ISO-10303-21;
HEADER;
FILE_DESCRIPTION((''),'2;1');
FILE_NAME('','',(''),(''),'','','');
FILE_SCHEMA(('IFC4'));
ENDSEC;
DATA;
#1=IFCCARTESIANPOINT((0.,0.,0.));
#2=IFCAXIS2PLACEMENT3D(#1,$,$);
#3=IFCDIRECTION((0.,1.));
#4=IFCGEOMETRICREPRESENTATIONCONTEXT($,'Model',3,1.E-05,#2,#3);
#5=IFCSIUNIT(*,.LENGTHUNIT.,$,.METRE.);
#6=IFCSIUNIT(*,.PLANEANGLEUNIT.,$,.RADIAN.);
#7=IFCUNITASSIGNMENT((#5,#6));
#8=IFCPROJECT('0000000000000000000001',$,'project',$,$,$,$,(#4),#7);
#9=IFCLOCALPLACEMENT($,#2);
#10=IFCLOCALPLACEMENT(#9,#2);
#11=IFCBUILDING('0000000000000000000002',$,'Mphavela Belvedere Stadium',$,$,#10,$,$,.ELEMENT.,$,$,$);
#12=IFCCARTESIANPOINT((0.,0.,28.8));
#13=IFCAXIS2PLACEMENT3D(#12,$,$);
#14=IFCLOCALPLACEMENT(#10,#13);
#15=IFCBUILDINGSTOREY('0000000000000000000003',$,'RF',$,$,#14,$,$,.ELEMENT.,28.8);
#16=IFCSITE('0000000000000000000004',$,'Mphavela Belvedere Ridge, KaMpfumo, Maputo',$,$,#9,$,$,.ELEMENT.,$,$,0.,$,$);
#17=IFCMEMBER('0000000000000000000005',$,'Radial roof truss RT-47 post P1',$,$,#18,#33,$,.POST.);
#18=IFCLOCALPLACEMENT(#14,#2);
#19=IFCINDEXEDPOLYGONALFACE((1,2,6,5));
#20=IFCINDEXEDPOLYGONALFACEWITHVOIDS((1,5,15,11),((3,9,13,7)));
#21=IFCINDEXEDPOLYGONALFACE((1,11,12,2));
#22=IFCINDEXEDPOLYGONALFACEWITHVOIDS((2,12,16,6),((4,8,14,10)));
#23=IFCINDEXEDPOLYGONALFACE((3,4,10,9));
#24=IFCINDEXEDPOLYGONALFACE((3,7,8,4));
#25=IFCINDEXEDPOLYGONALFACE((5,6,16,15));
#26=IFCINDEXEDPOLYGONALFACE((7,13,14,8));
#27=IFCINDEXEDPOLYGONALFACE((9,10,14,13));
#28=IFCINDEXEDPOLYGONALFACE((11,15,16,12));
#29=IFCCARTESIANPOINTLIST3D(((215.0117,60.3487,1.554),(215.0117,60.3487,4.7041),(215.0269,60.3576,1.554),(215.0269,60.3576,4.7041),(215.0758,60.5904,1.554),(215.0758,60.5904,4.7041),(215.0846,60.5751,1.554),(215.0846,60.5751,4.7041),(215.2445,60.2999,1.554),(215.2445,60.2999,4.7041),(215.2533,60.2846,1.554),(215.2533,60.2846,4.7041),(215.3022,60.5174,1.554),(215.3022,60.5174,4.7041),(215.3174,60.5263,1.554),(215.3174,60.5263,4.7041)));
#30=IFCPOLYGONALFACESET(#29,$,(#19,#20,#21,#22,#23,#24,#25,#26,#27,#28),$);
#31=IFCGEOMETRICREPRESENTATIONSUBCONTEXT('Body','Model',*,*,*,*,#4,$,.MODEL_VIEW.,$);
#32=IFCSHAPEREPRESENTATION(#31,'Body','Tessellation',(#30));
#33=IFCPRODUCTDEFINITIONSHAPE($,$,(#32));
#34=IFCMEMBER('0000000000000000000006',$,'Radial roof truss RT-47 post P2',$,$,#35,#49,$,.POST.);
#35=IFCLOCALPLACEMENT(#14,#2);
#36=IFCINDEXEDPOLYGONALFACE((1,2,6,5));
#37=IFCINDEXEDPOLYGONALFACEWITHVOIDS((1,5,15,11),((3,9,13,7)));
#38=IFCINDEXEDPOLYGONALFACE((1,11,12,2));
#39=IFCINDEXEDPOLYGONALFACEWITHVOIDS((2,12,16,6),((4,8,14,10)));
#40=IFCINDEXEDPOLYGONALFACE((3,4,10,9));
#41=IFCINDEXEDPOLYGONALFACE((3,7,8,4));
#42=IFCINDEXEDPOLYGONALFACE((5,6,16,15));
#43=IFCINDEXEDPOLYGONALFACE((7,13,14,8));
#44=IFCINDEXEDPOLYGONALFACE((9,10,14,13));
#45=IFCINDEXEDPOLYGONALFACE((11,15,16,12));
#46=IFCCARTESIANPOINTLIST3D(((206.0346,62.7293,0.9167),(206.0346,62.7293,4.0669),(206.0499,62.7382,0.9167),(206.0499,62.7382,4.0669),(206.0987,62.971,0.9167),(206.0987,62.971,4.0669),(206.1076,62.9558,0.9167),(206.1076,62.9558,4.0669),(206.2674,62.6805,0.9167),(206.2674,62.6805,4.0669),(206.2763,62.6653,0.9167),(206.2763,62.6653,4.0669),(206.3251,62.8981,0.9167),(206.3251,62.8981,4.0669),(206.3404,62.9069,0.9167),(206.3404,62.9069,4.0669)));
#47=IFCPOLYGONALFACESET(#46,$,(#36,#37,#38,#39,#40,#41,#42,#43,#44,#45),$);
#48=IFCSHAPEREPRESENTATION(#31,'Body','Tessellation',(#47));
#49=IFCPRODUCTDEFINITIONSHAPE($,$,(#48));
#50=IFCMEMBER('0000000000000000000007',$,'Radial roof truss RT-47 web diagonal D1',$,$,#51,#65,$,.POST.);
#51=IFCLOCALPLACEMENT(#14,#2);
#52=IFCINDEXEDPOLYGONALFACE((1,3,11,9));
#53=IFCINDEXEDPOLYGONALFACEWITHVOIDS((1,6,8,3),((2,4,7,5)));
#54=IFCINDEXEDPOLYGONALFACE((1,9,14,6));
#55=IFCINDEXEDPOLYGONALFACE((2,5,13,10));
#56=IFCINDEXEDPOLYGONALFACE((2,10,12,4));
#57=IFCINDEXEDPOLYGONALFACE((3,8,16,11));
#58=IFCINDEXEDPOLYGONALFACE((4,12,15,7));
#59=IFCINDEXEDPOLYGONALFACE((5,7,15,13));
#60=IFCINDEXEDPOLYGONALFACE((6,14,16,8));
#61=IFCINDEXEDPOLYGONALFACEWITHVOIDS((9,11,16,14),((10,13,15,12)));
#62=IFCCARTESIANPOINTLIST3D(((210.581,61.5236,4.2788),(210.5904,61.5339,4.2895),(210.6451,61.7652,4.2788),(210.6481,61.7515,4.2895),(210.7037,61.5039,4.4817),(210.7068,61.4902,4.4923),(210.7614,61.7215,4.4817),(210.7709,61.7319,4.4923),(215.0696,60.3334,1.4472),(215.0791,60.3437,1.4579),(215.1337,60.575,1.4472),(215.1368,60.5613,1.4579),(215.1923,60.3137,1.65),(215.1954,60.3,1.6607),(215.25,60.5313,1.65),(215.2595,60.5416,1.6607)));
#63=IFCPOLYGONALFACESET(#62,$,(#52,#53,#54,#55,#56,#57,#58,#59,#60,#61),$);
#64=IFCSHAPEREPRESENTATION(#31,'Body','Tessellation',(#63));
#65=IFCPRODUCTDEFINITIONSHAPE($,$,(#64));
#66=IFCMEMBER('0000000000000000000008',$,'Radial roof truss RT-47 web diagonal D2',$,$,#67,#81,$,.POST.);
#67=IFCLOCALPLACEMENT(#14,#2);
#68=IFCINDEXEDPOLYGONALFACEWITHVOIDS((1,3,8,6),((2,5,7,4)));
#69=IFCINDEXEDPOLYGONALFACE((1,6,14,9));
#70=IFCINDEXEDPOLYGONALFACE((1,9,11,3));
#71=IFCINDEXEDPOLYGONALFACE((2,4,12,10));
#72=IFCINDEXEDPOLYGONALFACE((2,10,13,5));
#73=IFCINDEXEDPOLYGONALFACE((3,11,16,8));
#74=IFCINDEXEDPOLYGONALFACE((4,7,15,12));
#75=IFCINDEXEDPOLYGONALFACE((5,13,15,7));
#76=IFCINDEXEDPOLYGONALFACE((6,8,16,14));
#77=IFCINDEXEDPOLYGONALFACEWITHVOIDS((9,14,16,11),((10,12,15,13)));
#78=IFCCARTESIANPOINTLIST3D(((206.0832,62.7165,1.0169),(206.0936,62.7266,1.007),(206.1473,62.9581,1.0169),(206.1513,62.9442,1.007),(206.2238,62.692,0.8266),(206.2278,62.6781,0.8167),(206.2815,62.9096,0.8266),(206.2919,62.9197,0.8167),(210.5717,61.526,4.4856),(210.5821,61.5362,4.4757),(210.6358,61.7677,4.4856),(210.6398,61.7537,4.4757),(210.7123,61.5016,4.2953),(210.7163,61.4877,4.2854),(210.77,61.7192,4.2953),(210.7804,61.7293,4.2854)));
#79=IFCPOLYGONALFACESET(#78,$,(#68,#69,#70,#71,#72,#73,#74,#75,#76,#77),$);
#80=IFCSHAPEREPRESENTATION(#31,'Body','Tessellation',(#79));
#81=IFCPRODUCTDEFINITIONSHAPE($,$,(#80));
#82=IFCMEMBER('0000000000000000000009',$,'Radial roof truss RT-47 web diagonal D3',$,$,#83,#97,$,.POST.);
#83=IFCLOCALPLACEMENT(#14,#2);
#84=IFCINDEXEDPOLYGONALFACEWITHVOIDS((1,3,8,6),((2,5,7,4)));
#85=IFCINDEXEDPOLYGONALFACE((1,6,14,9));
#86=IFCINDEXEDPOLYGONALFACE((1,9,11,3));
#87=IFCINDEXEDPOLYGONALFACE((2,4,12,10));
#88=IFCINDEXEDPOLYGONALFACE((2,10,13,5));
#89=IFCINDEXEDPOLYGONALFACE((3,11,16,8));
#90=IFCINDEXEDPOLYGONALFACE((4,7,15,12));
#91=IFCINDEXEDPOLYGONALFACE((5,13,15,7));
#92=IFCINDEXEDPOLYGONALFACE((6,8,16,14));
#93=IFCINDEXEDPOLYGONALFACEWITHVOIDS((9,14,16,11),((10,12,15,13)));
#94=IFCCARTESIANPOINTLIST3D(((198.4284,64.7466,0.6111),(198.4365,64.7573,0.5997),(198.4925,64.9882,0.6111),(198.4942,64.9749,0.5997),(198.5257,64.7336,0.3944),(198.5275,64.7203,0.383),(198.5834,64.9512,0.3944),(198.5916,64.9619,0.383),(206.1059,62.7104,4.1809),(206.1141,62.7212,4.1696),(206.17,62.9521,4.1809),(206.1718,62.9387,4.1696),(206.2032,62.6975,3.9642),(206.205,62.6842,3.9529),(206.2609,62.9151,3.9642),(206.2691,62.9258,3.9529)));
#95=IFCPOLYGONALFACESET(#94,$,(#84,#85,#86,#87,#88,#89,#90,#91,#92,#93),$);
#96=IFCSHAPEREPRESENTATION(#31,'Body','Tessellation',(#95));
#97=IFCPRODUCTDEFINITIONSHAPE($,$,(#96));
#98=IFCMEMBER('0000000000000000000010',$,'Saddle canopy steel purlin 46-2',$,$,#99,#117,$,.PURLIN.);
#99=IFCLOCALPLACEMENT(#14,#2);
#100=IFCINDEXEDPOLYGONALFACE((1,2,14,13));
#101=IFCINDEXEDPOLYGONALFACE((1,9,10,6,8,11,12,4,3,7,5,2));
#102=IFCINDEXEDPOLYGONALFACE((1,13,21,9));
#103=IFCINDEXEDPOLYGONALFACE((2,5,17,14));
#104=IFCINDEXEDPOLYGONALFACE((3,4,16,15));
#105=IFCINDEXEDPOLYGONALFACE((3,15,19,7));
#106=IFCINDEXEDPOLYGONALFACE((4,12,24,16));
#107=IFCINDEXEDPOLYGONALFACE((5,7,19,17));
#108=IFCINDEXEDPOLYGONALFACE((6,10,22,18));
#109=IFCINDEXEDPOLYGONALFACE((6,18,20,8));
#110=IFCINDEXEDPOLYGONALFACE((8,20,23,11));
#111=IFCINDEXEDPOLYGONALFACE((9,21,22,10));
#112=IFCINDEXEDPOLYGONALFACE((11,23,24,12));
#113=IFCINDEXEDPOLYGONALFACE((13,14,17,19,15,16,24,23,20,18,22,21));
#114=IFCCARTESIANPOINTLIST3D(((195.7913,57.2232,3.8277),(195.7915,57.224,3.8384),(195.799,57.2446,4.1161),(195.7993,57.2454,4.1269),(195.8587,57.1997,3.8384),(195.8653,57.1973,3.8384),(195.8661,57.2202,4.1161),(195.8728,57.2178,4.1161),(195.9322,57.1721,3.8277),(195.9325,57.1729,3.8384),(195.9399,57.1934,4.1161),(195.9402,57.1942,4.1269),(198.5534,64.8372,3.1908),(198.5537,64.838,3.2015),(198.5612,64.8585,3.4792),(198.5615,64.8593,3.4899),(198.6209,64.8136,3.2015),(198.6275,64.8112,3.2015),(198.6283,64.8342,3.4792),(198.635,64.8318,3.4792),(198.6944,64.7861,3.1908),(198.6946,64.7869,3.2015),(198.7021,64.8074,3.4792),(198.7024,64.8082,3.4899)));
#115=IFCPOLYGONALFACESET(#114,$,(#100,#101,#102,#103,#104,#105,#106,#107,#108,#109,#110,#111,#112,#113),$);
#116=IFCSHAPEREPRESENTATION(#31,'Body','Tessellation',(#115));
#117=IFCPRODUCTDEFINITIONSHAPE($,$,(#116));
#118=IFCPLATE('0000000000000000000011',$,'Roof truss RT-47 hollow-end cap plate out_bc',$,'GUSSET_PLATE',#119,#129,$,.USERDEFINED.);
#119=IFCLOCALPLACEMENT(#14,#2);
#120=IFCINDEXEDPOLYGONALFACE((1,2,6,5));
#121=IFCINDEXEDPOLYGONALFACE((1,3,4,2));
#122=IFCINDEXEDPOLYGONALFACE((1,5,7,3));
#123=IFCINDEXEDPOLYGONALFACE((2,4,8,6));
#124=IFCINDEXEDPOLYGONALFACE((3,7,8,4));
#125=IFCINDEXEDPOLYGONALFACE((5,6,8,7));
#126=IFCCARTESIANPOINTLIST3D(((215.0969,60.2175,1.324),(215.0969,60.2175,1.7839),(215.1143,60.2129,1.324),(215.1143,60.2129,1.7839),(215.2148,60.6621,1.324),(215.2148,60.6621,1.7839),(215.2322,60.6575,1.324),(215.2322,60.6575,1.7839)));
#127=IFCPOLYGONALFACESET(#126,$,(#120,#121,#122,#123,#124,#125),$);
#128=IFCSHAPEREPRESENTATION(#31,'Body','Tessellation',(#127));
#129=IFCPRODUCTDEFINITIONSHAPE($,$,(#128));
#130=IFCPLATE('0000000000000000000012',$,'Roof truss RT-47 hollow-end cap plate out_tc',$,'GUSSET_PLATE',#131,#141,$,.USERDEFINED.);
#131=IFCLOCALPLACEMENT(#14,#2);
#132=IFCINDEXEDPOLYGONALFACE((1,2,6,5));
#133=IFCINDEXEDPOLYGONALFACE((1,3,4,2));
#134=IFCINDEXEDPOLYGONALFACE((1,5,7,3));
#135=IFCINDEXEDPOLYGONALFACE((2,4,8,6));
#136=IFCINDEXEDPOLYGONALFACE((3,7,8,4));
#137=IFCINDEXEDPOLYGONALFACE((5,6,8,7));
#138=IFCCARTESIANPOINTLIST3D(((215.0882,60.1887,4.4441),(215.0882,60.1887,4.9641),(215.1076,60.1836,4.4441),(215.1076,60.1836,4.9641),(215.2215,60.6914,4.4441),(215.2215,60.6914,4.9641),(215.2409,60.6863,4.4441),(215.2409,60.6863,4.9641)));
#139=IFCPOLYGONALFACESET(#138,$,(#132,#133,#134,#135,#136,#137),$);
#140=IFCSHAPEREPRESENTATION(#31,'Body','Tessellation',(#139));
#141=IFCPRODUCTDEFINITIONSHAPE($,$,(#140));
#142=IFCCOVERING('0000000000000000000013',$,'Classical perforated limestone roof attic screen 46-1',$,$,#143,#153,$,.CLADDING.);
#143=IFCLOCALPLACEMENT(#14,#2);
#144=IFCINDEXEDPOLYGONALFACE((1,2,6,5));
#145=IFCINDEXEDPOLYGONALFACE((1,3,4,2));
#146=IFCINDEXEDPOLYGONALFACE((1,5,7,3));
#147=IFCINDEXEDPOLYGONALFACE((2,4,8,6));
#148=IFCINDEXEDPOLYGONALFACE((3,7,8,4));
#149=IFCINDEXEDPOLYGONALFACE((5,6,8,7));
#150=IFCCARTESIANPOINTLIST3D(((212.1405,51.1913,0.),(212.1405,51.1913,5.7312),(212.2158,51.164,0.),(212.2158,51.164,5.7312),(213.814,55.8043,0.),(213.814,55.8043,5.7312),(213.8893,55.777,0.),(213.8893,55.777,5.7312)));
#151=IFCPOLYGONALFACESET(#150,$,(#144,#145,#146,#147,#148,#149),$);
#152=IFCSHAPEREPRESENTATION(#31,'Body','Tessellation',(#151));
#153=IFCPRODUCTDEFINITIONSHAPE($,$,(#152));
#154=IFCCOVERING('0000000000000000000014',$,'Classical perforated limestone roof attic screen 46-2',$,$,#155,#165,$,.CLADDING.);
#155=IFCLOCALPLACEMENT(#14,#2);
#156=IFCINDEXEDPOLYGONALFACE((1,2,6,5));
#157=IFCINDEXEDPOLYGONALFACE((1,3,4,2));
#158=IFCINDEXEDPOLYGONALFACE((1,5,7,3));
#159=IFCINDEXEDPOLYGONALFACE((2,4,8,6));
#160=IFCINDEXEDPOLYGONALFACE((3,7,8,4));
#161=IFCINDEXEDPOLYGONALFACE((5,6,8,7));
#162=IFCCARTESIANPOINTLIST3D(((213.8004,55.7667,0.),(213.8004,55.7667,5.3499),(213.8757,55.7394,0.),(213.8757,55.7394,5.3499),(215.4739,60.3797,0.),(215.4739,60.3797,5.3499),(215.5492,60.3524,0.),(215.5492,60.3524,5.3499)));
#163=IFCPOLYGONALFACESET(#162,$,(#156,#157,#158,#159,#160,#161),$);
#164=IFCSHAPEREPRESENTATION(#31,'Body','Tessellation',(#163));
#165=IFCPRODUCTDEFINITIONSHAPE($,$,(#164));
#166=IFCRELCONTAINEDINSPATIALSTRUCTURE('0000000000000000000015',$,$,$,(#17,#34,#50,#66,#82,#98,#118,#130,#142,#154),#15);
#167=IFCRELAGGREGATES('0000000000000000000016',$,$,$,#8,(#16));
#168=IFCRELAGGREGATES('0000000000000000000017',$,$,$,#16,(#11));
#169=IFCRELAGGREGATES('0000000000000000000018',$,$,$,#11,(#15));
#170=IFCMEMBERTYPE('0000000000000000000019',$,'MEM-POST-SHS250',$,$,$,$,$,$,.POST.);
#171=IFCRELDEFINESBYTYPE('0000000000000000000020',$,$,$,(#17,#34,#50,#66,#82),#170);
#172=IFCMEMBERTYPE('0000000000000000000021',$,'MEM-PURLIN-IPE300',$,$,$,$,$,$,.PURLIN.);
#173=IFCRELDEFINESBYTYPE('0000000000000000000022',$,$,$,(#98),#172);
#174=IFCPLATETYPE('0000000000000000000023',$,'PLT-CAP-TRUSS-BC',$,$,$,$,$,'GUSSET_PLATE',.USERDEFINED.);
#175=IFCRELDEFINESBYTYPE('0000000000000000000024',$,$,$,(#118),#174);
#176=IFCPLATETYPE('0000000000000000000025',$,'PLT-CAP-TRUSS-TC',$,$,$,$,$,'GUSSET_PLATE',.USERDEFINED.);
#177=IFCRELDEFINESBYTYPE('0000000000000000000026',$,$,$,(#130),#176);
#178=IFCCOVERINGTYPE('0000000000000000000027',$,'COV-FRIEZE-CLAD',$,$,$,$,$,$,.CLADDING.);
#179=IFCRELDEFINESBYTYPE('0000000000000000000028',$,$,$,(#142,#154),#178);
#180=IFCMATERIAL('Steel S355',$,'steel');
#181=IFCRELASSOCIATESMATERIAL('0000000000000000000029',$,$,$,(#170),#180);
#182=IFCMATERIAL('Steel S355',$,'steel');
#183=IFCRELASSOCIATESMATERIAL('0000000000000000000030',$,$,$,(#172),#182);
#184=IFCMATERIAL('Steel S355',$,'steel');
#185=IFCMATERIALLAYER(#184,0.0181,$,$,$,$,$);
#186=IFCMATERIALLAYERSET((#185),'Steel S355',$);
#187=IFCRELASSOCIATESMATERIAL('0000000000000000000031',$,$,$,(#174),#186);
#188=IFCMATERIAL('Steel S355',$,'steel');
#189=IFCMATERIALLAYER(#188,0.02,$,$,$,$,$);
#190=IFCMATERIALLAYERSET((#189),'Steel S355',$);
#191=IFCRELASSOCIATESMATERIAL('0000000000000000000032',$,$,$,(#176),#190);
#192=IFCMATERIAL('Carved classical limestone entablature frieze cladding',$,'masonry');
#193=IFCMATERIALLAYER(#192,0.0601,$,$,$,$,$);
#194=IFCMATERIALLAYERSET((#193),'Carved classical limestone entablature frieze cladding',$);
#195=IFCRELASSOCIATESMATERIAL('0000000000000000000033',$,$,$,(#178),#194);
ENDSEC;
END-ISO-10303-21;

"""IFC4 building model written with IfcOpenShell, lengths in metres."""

from ifc_helpers import new_model, si_unit, direction, frame, origin, origin_2d, place, context, subcontext, project, spatial, rectangle, hollow_rectangle, i_section, extrude, material, layer, layer_set, material_profile, profile_set, type_object, element, save


model = new_model("IFC4")

# Units and contexts
model_context = context("Model", 3, precision=1e-05, world=origin(), true_north=direction((0.0, 1.0)))
body_context = subcontext(model_context, "Body", "Model", "MODEL_VIEW")
ifc_project = project(units=[si_unit("LENGTHUNIT", "METRE"), si_unit("PLANEANGLEUNIT", "RADIAN")], contexts=[model_context])

# Site, building, storey
site_placement = place(None, origin())
site = spatial("IfcSite", under=ifc_project, at=site_placement, Name="Mphavela Belvedere Ridge, KaMpfumo, Maputo", CompositionType="ELEMENT", RefElevation=0.0)
building_placement = place(site_placement, origin())
building = spatial("IfcBuilding", under=site, at=building_placement, Name="Mphavela Belvedere Stadium", CompositionType="ELEMENT")
storey_placement = place(building_placement, frame((0.0, 0.0, 28.8)))
storey = spatial("IfcBuildingStorey", under=building, at=storey_placement, Name="RF", CompositionType="ELEMENT", Elevation=28.8)

# Members
ifc_material_1 = material(Name="Steel S355", Category="steel")
ifc_material_profile_1 = material_profile(ifc_material_1, hollow_rectangle(XDim=0.25, YDim=0.25, WallThickness=0.0125, at=origin_2d()), Name="SHS 250x250x12.5")
ifc_profile_set_1 = profile_set([ifc_material_profile_1], Name="Steel S355")
member_type_1 = type_object("IfcMemberType", Name="MEM-POST-SHS250", PredefinedType="POST", material=ifc_profile_set_1)
for number, where, z_axis, x_axis, name in (
    (1, (215.1646, 60.4375, 1.554), (0.0, 0.0, 1.0), (0.9666, -0.256289, 0.0), "Radial roof truss RT-47 post P1"),
    (2, (206.1875, 62.8181, 0.9167), (0.0, 0.0, 1.0), (0.9666, -0.256289, 0.0), "Radial roof truss RT-47 post P2"),
):
    element("IfcMember", number, at=place(storey_placement, frame(where, z_axis=z_axis, x_axis=x_axis)), inside=storey, type_object=member_type_1, Name=name, PredefinedType="POST", context=body_context, shape_type="SweptSolid", body=[
        extrude(hollow_rectangle(XDim=0.25, YDim=0.25, WallThickness=0.0125, at=origin_2d()), origin(), (0.0, 0.0, 1.0), 3.1501),
    ])
member_1_placement = place(storey_placement, frame((215.1646, 60.4375, 1.554), z_axis=(-0.825272, 0.218831, 0.520615), x_axis=(-0.256304, -0.966596, 0.0)))
element("IfcMember", 3, at=member_1_placement, inside=storey, type_object=member_type_1, Name="Radial roof truss RT-47 web diagonal D1", PredefinedType="POST", context=body_context, shape_type="SweptSolid", body=[
    extrude(hollow_rectangle(XDim=0.25, YDim=0.25, WallThickness=0.0125, at=origin_2d()), origin(), (0.0, 0.0, 1.0), 5.439),
])
member_2_placement = place(storey_placement, frame((210.676, 61.6277, 4.3855), z_axis=(-0.774388, 0.20538, -0.59845), x_axis=(-0.256354, -0.966583, 0.0)))
element("IfcMember", 4, at=member_2_placement, inside=storey, type_object=member_type_1, Name="Radial roof truss RT-47 web diagonal D2", PredefinedType="POST", context=body_context, shape_type="SweptSolid", body=[
    extrude(hollow_rectangle(XDim=0.25, YDim=0.25, WallThickness=0.0125, at=origin_2d()), origin(), (0.0, 0.0, 1.0), 5.7961),
])
member_3_placement = place(storey_placement, frame((206.1875, 62.8181, 4.0669), z_axis=(-0.881636, 0.233817, -0.409937), x_axis=(-0.256346, -0.966585, 0.0)))
element("IfcMember", 5, at=member_3_placement, inside=storey, type_object=member_type_1, Name="Radial roof truss RT-47 web diagonal D3", PredefinedType="POST", context=body_context, shape_type="SweptSolid", body=[
    extrude(hollow_rectangle(XDim=0.25, YDim=0.25, WallThickness=0.0125, at=origin_2d()), origin(), (0.0, 0.0, 1.0), 8.7083),
])
ifc_material_2 = material(Name="Steel S355", Category="steel")
ifc_material_profile_2 = material_profile(ifc_material_2, i_section(OverallWidth=0.1499, OverallDepth=0.3, WebThickness=0.0071, FlangeThickness=0.0107, at=origin_2d()), Name="IPE 300")
ifc_profile_set_2 = profile_set([ifc_material_profile_2], Name="Steel S355")
member_type_2 = type_object("IfcMemberType", Name="MEM-PURLIN-IPE300", PredefinedType="PURLIN", material=ifc_profile_set_2)
member_4_placement = place(storey_placement, frame((195.8657, 57.2087, 3.9773), z_axis=(0.339982, 0.937158, -0.0784), x_axis=(-0.940052, 0.341031, 0.0)))
element("IfcMember", 6, at=member_4_placement, inside=storey, type_object=member_type_2, Name="Saddle canopy steel purlin 46-2", PredefinedType="PURLIN", context=body_context, shape_type="SweptSolid", body=[
    extrude(i_section(OverallWidth=0.1499, OverallDepth=0.3, WebThickness=0.0071, FlangeThickness=0.0107, at=origin_2d()), origin(), (0.0, 0.0, 1.0), 8.1245),
])

# Plates
ifc_material_3 = material(Name="Steel S355", Category="steel")
ifc_layer_1 = layer(ifc_material_3, 0.0181)
ifc_layer_set_1 = layer_set([ifc_layer_1], Name="Steel S355")
plate_type_1 = type_object("IfcPlateType", Name="PLT-CAP-TRUSS-BC", ElementType="GUSSET_PLATE", PredefinedType="USERDEFINED", material=ifc_layer_set_1)
plate_1_placement = place(storey_placement, frame((215.1646, 60.4375, 1.324), z_axis=(0.0, 0.0, 1.0), x_axis=(0.9666, -0.256289, 0.0)))
element("IfcPlate", 7, at=plate_1_placement, inside=storey, type_object=plate_type_1, Name="Roof truss RT-47 hollow-end cap plate out_bc", ObjectType="GUSSET_PLATE", PredefinedType="USERDEFINED", context=body_context, shape_type="SweptSolid", body=[
    extrude(rectangle(XDim=0.0181, YDim=0.46, at=origin_2d()), origin(), (0.0, 0.0, 1.0), 0.46),
])
ifc_material_4 = material(Name="Steel S355", Category="steel")
ifc_layer_2 = layer(ifc_material_4, 0.02)
ifc_layer_set_2 = layer_set([ifc_layer_2], Name="Steel S355")
plate_type_2 = type_object("IfcPlateType", Name="PLT-CAP-TRUSS-TC", ElementType="GUSSET_PLATE", PredefinedType="USERDEFINED", material=ifc_layer_set_2)
plate_2_placement = place(storey_placement, frame((215.1646, 60.4375, 4.4441), z_axis=(0.0, 0.0, 1.0), x_axis=(0.9666, -0.256289, 0.0)))
element("IfcPlate", 8, at=plate_2_placement, inside=storey, type_object=plate_type_2, Name="Roof truss RT-47 hollow-end cap plate out_tc", ObjectType="GUSSET_PLATE", PredefinedType="USERDEFINED", context=body_context, shape_type="SweptSolid", body=[
    extrude(rectangle(XDim=0.02, YDim=0.52, at=origin_2d()), origin(), (0.0, 0.0, 1.0), 0.52),
])

# Coverings
ifc_material_5 = material(Name="Carved classical limestone entablature frieze cladding", Category="masonry")
ifc_layer_3 = layer(ifc_material_5, 0.0601)
ifc_layer_set_3 = layer_set([ifc_layer_3], Name="Carved classical limestone entablature frieze cladding")
covering_type = type_object("IfcCoveringType", Name="COV-FRIEZE-CLAD", PredefinedType="CLADDING", material=ifc_layer_set_3)
covering_1_placement = place(storey_placement, frame((213.0149, 53.4841, 0.0), z_axis=(0.0, 0.0, 1.0), x_axis=(0.341036, 0.94005, 0.0)))
element("IfcCovering", 9, at=covering_1_placement, inside=storey, type_object=covering_type, Name="Classical perforated limestone roof attic screen 46-1", PredefinedType="CLADDING", context=body_context, shape_type="SweptSolid", body=[
    extrude(rectangle(XDim=4.9072, YDim=0.0801, at=origin_2d()), origin(), (0.0, 0.0, 1.0), 5.7312),
])
covering_2_placement = place(storey_placement, frame((214.6748, 58.0596, 0.0), z_axis=(0.0, 0.0, 1.0), x_axis=(0.341036, 0.94005, 0.0)))
element("IfcCovering", 10, at=covering_2_placement, inside=storey, type_object=covering_type, Name="Classical perforated limestone roof attic screen 46-2", PredefinedType="CLADDING", context=body_context, shape_type="SweptSolid", body=[
    extrude(rectangle(XDim=4.9072, YDim=0.0801, at=origin_2d()), origin(), (0.0, 0.0, 1.0), 5.3499),
])

save(model, "model.ifc")
